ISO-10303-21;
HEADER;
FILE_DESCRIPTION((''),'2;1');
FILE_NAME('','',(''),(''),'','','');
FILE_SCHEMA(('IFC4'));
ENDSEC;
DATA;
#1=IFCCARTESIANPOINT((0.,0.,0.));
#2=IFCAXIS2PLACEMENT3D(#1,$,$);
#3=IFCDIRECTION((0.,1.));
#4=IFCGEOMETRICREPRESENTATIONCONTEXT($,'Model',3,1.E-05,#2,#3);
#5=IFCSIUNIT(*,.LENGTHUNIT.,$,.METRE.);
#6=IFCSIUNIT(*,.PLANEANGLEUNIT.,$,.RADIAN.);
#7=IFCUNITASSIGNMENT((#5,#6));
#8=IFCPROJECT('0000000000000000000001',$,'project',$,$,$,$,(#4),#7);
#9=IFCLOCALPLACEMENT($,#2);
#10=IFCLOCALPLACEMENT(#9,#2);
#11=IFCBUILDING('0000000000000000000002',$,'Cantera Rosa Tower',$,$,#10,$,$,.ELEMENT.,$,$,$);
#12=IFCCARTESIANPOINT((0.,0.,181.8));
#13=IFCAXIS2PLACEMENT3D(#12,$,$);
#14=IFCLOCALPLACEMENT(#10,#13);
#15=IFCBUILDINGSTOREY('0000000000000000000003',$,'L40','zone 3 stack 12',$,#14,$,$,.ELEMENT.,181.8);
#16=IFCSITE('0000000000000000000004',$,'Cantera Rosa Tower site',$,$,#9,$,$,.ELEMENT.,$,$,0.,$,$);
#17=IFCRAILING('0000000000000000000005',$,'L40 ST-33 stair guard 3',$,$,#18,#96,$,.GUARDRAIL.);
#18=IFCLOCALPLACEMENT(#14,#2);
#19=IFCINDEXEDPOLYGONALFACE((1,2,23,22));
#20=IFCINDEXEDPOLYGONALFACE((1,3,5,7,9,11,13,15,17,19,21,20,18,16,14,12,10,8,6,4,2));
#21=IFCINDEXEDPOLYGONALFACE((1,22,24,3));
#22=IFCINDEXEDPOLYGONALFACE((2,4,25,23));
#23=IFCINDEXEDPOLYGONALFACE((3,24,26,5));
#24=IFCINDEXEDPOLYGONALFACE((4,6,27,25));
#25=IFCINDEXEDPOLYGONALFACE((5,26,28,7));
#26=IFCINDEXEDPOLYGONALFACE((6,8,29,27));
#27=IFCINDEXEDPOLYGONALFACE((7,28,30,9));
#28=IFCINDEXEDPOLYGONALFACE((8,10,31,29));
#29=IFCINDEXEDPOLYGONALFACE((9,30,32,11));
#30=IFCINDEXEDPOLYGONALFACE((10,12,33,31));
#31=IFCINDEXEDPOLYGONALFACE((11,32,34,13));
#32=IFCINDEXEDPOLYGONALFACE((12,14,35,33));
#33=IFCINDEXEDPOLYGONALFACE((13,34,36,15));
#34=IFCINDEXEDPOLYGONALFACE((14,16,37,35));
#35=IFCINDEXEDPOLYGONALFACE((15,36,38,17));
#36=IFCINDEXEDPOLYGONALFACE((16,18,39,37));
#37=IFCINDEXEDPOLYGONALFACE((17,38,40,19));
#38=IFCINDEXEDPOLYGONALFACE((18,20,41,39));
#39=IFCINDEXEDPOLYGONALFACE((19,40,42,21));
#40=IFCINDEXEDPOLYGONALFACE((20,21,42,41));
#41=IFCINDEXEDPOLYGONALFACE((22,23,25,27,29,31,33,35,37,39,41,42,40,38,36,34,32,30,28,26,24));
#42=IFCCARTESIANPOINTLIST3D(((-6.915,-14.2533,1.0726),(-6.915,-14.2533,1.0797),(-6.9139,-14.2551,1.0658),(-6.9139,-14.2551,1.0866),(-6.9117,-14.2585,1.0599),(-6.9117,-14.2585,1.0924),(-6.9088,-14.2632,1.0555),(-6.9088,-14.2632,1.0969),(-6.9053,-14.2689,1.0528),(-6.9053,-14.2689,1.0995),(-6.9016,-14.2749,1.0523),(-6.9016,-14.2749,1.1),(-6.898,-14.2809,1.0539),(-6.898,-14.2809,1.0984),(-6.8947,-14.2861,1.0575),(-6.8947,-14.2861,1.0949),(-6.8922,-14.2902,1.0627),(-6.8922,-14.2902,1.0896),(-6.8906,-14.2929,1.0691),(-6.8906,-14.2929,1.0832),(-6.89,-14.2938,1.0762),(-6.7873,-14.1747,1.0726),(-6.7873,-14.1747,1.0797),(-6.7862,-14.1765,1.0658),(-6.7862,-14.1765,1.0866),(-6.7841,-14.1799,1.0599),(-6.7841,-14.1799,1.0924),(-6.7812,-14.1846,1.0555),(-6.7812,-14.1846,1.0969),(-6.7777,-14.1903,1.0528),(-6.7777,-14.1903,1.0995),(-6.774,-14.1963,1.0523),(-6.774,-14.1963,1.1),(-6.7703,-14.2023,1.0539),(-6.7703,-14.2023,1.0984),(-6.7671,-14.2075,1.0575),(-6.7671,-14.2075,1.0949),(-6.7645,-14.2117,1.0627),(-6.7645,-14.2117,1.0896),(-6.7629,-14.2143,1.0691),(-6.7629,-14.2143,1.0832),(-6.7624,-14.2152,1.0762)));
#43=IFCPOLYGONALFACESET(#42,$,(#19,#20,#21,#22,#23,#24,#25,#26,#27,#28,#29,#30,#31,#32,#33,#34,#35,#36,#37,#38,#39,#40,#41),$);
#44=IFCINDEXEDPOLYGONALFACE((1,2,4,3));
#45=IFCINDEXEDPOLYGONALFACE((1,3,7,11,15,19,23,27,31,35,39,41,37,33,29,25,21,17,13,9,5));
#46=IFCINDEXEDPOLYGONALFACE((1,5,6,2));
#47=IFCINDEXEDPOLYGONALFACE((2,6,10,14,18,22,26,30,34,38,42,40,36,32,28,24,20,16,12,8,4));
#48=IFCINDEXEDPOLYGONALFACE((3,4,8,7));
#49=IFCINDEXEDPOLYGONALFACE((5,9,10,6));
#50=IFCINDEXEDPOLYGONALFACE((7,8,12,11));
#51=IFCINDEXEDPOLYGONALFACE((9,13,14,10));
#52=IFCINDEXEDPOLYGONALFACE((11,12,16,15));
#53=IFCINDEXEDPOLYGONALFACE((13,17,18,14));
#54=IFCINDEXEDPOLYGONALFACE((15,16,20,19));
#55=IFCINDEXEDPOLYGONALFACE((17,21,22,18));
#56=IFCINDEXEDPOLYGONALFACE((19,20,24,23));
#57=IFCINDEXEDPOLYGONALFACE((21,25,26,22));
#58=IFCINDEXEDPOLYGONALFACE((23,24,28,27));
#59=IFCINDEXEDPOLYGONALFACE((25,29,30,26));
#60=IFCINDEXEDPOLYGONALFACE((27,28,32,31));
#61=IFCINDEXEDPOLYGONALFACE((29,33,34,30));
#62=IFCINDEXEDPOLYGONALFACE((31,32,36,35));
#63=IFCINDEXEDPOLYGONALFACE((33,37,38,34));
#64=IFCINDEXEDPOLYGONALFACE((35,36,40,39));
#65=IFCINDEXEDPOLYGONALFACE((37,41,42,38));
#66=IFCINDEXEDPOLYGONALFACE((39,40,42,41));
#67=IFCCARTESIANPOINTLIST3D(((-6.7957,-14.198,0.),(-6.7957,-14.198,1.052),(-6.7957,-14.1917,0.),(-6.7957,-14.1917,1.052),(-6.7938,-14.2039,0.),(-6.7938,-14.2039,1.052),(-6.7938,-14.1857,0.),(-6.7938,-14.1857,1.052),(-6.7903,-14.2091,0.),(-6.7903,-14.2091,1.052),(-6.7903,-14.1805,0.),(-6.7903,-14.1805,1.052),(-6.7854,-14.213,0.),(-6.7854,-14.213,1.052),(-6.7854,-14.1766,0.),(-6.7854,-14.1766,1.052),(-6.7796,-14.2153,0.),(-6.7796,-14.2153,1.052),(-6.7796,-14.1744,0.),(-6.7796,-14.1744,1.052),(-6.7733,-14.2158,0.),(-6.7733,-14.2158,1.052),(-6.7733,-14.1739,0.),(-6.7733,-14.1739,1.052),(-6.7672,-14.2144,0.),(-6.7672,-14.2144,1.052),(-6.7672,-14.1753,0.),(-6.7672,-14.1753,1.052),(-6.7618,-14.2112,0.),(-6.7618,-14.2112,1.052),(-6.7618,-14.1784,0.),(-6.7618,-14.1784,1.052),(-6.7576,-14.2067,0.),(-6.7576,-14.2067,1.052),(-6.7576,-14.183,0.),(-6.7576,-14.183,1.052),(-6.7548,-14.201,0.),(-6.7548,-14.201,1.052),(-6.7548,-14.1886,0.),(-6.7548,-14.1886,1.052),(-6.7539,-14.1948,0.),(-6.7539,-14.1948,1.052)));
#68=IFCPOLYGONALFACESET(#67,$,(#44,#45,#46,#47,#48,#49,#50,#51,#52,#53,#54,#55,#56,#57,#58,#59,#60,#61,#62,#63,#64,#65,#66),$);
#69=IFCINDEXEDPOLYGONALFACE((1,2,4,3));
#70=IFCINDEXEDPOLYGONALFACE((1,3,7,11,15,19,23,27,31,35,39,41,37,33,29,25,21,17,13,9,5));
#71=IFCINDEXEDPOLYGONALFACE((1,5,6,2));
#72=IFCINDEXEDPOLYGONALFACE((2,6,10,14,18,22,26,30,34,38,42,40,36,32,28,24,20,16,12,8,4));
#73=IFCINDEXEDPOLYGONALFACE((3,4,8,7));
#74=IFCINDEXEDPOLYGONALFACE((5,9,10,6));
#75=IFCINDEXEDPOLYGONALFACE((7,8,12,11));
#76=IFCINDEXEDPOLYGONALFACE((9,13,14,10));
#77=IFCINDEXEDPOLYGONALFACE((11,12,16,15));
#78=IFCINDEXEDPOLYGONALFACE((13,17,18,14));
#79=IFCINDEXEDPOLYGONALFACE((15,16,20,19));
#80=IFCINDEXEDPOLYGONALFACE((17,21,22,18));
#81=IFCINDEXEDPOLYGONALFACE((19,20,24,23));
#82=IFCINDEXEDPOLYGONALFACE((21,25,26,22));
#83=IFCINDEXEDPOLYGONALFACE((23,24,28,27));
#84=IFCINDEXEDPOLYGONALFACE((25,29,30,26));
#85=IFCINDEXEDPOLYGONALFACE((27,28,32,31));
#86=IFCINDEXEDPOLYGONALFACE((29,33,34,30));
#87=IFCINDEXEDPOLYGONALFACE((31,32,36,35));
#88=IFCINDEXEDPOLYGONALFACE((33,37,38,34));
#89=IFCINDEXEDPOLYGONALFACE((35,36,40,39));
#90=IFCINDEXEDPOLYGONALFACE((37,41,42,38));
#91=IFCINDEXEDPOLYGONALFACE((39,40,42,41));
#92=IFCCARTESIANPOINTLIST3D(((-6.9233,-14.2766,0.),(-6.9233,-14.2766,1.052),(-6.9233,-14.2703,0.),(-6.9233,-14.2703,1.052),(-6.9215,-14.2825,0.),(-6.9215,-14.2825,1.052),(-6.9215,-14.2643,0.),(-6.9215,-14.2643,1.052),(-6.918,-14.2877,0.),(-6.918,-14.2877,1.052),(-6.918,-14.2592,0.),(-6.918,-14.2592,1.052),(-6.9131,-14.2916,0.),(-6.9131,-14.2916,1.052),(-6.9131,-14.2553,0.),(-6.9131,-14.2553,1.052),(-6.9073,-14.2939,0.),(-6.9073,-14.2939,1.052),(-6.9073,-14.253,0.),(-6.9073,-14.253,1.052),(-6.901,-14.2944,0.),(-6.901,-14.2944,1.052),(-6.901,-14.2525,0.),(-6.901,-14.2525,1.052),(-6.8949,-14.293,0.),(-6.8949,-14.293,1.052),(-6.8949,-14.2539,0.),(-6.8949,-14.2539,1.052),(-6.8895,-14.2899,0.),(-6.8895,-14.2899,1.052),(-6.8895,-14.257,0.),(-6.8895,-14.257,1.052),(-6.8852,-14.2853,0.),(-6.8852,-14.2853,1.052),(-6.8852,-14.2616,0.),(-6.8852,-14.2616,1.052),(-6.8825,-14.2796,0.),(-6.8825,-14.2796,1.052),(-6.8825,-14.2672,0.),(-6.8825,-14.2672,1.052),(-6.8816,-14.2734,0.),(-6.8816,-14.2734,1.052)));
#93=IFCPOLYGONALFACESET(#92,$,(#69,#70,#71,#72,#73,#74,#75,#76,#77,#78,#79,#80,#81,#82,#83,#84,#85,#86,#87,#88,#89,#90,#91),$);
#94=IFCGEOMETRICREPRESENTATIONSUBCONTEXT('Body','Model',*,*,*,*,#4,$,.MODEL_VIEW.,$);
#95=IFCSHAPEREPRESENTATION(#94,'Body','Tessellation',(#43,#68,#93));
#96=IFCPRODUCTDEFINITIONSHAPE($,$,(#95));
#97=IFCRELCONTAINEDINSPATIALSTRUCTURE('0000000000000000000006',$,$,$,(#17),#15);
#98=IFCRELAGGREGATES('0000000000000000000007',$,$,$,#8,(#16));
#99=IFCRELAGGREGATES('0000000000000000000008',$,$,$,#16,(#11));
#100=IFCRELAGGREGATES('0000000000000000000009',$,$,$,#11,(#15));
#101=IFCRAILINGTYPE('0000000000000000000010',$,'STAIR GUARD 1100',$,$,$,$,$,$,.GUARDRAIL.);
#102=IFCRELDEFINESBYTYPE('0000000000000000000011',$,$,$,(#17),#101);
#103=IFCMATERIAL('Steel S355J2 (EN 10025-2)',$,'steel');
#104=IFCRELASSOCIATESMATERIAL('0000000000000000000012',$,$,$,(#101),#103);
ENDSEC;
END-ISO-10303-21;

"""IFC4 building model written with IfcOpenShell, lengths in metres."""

from ifc_helpers import new_model, si_unit, direction, frame, origin, origin_2d, place, context, subcontext, project, spatial, circle, extrude, material, type_object, element, save


model = new_model("IFC4")

# Units and contexts
model_context = context("Model", 3, precision=1e-05, world=origin(), true_north=direction((0.0, 1.0)))
body_context = subcontext(model_context, "Body", "Model", "MODEL_VIEW")
ifc_project = project(units=[si_unit("LENGTHUNIT", "METRE"), si_unit("PLANEANGLEUNIT", "RADIAN")], contexts=[model_context])

# Site, building, storey
site_placement = place(None, origin())
site = spatial("IfcSite", under=ifc_project, at=site_placement, Name="Cantera Rosa Tower site", CompositionType="ELEMENT", RefElevation=0.0)
building_placement = place(site_placement, origin())
building = spatial("IfcBuilding", under=site, at=building_placement, Name="Cantera Rosa Tower", CompositionType="ELEMENT")
storey_placement = place(building_placement, frame((0.0, 0.0, 181.8)))
storey = spatial("IfcBuildingStorey", under=building, at=storey_placement, Name="L40", Description="zone 3 stack 12", CompositionType="ELEMENT", Elevation=181.8)

# Railing
ifc_material_1 = material(Name="Steel S355J2 (EN 10025-2)", Category="steel")
railing_type = type_object("IfcRailingType", Name="STAIR GUARD 1100", PredefinedType="GUARDRAIL", material=ifc_material_1)
railing_1_placement = place(storey_placement, frame((-6.7749, -14.1948, 0.0)))
element("IfcRailing", 1, at=railing_1_placement, inside=storey, type_object=railing_type, Name="L40 ST-33 stair guard 3", PredefinedType="GUARDRAIL", context=body_context, shape_type="SweptSolid", body=[
    extrude(circle(Radius=0.0239, at=origin_2d()), frame((0.0, 0.0, 1.0762), z_axis=(-0.851546, -0.524279, 0.0), x_axis=(0.524279, -0.851546, 0.0)), (0.0, 0.0, 1.0), 0.1499),
    extrude(circle(Radius=0.021, at=origin_2d()), origin(), (0.0, 0.0, 1.0), 1.052),
    extrude(circle(Radius=0.021, at=origin_2d()), frame((-0.1277, -0.0786, 0.0)), (0.0, 0.0, 1.0), 1.052),
])

save(model, "model.ifc")
